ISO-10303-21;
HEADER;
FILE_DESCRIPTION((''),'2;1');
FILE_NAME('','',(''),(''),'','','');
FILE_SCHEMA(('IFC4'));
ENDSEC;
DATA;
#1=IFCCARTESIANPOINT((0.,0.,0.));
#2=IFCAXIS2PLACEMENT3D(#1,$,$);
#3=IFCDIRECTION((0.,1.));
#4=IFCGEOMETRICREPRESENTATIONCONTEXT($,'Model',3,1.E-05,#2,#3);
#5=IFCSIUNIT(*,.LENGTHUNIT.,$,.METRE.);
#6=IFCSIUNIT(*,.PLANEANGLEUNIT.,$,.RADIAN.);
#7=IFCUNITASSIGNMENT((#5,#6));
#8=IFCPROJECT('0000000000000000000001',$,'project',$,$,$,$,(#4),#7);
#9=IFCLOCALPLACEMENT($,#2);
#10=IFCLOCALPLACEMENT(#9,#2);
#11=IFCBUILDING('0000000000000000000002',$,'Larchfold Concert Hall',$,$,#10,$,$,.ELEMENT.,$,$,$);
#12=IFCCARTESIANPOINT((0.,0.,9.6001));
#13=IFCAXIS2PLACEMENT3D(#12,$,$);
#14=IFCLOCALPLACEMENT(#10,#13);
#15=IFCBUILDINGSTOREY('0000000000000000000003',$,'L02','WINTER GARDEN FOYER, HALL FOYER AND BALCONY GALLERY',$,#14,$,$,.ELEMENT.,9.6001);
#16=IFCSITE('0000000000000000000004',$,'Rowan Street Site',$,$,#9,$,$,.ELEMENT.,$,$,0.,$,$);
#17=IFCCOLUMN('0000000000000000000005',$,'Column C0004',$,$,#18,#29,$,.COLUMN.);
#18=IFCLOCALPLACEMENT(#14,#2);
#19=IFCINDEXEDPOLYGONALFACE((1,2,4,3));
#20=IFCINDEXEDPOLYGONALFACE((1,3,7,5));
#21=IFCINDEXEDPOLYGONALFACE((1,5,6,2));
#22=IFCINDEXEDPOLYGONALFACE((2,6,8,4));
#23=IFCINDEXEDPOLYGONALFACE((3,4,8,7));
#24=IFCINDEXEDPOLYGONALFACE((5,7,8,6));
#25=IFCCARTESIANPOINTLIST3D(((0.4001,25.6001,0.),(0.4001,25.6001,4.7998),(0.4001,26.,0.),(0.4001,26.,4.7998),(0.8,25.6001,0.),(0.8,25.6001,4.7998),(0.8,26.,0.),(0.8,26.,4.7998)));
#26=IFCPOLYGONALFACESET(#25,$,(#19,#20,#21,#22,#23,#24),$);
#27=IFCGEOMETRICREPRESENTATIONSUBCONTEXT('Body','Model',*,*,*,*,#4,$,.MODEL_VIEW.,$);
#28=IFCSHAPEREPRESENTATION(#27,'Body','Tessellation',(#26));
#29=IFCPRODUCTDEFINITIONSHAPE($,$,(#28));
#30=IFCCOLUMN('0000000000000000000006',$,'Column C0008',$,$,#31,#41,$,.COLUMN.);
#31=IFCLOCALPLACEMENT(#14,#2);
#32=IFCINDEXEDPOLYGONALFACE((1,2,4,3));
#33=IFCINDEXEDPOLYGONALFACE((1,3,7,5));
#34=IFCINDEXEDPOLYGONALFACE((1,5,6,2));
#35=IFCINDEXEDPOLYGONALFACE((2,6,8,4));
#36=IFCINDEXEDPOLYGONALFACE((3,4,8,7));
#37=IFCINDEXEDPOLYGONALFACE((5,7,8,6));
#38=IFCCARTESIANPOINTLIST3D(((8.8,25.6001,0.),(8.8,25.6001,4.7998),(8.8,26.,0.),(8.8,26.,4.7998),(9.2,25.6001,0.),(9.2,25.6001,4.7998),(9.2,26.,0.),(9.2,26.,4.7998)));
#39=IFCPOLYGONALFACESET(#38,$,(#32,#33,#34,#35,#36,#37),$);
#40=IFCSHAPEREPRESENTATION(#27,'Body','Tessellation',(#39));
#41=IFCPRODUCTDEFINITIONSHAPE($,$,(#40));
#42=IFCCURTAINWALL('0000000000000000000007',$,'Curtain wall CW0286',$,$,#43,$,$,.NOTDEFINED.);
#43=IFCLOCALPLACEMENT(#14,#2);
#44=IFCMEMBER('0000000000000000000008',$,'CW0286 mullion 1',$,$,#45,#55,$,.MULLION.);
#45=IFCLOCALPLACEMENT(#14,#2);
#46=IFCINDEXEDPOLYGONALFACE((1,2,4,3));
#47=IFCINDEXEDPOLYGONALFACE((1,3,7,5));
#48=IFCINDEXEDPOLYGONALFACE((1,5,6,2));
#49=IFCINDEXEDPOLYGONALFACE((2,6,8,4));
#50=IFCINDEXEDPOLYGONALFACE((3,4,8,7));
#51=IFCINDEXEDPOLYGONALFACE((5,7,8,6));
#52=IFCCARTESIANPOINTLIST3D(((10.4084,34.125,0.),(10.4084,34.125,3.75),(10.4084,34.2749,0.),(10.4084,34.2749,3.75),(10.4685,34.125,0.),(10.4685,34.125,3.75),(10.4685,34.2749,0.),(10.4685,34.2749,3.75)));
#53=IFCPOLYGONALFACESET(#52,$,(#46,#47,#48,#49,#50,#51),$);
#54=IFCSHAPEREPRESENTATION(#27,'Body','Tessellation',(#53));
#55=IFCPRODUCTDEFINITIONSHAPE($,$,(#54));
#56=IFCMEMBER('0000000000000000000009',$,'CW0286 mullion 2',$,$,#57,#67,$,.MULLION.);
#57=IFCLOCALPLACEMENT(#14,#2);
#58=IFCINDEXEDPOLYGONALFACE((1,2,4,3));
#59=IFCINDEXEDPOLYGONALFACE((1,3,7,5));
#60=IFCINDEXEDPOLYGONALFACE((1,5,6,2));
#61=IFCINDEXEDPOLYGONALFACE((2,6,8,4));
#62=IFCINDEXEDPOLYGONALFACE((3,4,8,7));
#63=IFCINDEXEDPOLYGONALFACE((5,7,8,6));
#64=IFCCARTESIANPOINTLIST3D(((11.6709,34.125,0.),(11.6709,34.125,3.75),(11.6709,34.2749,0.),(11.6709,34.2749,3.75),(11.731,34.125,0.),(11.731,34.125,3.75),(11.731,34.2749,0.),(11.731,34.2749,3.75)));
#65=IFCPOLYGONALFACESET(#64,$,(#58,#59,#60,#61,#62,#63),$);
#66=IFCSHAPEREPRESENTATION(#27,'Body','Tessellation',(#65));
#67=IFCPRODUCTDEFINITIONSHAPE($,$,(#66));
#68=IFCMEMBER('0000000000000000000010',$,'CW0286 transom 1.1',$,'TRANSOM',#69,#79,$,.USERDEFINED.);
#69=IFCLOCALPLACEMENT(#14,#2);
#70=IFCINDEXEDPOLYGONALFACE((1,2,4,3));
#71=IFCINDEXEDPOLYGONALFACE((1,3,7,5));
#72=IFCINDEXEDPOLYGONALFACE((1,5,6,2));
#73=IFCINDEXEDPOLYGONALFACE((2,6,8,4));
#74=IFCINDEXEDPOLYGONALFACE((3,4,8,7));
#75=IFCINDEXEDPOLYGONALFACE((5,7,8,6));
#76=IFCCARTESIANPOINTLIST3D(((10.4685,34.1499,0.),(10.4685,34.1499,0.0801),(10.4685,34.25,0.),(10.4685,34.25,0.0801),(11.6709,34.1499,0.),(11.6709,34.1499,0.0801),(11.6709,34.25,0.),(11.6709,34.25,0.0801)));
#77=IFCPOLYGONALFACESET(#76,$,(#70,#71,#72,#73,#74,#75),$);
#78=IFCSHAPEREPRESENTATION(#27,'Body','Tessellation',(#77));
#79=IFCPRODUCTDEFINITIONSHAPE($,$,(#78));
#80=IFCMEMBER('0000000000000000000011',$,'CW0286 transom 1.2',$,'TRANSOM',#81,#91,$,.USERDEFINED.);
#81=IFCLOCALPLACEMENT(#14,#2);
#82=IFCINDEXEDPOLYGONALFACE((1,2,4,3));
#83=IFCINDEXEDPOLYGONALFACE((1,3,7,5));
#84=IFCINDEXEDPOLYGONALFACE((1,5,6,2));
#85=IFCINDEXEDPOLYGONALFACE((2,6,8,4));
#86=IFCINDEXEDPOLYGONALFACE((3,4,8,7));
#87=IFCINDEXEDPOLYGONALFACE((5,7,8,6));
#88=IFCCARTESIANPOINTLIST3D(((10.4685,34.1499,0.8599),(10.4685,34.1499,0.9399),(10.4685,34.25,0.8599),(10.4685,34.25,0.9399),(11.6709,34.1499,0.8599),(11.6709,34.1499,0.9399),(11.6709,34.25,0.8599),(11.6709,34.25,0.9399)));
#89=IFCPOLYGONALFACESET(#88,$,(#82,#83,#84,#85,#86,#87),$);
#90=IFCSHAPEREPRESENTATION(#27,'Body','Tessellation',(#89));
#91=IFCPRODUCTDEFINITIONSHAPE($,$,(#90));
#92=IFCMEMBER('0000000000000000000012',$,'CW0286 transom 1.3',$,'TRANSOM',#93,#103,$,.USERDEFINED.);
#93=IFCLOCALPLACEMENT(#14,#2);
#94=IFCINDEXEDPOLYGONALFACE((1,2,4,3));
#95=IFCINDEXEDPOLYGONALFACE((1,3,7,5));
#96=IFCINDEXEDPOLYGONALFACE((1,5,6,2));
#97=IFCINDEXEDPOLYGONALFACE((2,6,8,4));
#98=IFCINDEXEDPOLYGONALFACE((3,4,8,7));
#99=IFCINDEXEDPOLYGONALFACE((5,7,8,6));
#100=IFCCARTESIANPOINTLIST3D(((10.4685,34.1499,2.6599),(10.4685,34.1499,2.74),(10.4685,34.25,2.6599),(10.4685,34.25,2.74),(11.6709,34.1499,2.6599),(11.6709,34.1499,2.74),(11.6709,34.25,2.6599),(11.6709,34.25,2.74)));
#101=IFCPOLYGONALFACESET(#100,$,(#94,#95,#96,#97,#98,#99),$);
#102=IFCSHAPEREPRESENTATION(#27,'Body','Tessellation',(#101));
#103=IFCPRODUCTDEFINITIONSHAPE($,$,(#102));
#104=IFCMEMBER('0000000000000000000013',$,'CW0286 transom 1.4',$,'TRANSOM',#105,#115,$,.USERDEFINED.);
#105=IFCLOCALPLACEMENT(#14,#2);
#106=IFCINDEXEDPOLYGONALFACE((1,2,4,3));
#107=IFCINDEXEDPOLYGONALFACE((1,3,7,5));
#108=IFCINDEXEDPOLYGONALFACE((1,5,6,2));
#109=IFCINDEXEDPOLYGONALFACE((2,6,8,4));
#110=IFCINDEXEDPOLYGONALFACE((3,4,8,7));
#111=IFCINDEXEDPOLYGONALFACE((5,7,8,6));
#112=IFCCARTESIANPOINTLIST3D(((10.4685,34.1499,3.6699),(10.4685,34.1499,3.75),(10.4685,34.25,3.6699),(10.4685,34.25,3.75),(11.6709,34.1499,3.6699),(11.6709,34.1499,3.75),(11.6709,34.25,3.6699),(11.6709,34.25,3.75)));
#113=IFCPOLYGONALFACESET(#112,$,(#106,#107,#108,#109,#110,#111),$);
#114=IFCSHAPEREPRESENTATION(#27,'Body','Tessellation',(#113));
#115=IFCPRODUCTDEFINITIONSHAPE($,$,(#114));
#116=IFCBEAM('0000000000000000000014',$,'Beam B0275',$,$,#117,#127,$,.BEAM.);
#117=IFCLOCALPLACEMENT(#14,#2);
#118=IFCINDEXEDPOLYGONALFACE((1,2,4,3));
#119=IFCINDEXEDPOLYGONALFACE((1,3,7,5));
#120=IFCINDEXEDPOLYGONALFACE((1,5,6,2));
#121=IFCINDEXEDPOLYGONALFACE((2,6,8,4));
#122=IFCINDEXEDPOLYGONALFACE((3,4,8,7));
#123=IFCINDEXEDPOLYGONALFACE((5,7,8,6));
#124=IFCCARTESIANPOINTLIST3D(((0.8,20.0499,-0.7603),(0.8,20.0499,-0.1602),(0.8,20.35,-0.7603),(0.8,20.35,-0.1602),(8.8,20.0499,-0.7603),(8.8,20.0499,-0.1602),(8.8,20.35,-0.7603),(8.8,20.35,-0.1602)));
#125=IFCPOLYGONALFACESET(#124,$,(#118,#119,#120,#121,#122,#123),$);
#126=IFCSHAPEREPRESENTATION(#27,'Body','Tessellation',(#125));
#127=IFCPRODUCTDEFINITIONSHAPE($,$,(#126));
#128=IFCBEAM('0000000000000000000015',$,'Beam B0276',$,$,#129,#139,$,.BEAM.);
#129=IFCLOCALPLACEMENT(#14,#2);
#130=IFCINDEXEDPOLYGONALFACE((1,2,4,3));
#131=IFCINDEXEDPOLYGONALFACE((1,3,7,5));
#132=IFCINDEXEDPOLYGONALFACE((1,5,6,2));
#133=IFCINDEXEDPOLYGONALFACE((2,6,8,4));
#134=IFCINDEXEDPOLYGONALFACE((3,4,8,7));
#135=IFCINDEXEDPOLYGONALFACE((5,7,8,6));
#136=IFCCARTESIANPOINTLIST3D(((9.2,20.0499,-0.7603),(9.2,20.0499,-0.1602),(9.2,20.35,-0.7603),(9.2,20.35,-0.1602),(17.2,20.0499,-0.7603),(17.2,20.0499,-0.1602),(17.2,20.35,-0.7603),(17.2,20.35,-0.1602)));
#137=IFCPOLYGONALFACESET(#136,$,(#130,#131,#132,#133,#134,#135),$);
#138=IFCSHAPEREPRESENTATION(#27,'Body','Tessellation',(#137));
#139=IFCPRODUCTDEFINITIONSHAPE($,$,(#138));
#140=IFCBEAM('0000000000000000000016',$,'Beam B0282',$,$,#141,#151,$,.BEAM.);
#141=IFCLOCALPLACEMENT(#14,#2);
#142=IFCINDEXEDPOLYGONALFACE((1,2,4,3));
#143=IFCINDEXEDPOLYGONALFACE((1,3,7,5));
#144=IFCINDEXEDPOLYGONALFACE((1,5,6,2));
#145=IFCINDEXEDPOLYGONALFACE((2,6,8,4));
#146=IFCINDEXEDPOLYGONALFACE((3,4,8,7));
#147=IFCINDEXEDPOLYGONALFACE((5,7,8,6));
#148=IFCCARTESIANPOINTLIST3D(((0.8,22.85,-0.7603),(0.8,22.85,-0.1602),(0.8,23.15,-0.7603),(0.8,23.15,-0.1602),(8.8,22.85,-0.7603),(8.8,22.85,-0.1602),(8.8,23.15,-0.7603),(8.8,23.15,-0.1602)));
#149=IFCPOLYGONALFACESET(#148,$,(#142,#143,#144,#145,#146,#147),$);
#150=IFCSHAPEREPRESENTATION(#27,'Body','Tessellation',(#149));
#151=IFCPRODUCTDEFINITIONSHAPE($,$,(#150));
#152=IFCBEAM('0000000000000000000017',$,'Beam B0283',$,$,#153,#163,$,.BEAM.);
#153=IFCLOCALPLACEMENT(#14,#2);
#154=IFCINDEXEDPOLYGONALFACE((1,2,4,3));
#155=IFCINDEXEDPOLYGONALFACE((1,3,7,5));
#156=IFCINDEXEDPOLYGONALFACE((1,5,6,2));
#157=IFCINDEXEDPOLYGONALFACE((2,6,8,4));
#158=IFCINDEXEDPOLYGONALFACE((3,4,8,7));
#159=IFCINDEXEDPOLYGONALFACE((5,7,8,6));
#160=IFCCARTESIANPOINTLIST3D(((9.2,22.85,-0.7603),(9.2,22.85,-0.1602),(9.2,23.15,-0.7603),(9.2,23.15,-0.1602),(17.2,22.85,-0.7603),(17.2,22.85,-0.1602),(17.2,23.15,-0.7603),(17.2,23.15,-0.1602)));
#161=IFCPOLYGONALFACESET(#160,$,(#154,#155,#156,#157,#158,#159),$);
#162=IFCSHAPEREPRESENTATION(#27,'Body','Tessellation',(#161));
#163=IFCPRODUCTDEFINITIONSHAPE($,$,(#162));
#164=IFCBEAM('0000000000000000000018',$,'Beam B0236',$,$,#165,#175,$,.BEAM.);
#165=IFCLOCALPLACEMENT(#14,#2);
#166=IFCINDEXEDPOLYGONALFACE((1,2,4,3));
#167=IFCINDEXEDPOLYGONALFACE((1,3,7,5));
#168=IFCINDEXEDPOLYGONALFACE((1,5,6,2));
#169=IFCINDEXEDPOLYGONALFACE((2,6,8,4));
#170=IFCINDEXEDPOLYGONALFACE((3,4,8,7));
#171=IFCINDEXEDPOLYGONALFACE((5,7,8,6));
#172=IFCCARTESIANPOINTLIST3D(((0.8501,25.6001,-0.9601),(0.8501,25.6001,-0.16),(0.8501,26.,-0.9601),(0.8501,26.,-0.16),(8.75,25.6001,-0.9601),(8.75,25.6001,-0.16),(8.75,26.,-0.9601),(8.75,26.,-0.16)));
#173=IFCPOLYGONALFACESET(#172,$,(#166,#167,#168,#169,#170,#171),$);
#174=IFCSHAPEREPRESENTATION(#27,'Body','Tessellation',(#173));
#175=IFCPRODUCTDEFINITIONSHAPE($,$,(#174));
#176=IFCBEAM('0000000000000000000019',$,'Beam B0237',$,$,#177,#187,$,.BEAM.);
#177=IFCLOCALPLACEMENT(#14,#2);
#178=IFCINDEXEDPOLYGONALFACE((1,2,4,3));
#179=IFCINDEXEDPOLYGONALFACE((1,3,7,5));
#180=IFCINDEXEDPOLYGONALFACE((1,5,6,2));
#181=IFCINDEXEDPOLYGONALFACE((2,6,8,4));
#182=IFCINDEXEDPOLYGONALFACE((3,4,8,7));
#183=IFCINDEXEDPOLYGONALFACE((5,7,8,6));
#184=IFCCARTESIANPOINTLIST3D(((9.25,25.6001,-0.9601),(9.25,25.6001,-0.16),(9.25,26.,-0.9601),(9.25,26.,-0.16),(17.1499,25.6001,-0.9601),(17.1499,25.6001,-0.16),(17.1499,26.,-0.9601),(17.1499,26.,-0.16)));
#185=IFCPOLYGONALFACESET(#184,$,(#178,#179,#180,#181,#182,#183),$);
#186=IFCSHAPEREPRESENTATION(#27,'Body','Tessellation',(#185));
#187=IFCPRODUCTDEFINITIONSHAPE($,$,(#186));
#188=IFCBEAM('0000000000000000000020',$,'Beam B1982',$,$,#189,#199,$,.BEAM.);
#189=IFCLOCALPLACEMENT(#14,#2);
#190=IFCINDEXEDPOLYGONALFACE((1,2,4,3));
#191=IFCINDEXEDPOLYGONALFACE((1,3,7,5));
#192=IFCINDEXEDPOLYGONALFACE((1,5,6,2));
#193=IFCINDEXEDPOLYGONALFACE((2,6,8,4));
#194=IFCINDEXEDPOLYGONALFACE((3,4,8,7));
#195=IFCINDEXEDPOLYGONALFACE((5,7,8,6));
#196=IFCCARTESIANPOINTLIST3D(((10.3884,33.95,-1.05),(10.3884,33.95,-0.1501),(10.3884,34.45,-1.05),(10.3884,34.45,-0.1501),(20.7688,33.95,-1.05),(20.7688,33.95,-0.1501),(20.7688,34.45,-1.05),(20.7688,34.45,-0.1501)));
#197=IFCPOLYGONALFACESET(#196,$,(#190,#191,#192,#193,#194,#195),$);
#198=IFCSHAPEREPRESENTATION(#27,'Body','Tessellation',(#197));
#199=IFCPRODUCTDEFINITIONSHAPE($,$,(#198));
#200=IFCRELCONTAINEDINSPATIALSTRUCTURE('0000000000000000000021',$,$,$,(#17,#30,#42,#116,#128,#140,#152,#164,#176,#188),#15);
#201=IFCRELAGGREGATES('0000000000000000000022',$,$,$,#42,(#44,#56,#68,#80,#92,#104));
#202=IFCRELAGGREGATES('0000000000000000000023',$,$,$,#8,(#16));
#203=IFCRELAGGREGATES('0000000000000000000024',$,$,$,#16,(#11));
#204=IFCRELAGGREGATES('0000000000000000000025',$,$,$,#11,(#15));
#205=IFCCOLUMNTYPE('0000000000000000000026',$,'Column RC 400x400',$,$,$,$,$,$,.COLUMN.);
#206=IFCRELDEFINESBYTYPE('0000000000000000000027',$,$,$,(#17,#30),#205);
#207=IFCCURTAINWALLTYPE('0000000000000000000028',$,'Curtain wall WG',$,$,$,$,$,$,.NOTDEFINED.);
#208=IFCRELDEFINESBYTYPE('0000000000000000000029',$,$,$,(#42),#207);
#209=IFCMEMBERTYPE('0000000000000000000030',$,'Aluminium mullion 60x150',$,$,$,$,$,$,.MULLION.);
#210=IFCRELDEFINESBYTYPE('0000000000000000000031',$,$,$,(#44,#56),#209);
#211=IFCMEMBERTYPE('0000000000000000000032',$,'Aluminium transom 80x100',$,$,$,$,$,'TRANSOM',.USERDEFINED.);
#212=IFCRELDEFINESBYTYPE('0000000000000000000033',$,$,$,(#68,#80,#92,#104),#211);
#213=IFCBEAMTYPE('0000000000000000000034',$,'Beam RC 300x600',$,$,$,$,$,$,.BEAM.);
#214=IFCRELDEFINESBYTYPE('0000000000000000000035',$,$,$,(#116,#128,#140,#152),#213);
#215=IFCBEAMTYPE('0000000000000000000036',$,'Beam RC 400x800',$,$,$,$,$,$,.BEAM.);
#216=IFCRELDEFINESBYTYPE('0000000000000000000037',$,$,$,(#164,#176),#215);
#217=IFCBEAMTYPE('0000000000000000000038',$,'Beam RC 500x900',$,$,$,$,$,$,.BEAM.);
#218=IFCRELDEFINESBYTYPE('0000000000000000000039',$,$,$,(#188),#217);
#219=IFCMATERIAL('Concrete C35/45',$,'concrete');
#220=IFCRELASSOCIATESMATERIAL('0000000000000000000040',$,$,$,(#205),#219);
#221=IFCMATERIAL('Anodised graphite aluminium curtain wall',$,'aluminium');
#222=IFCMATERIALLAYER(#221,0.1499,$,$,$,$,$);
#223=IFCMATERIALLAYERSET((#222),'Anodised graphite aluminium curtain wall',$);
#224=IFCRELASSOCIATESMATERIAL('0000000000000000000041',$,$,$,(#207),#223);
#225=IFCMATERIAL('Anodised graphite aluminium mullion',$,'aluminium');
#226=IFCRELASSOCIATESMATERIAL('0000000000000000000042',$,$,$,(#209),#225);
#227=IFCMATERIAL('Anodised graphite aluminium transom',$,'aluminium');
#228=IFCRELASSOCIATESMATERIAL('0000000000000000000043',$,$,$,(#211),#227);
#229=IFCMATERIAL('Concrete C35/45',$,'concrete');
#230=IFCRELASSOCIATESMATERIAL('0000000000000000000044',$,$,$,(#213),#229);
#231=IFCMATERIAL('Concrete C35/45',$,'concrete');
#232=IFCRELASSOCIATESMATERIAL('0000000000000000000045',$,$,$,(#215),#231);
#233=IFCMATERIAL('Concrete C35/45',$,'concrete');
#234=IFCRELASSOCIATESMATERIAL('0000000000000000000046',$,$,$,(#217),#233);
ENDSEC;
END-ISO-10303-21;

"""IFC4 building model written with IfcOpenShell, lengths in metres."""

from ifc_helpers import new_model, si_unit, direction, frame, origin, origin_2d, place, context, subcontext, project, spatial, rectangle, extrude, material, layer, layer_set, material_profile, profile_set, type_object, element, aggregate, save


model = new_model("IFC4")

# Units and contexts
model_context = context("Model", 3, precision=1e-05, world=origin(), true_north=direction((0.0, 1.0)))
body_context = subcontext(model_context, "Body", "Model", "MODEL_VIEW")
ifc_project = project(units=[si_unit("LENGTHUNIT", "METRE"), si_unit("PLANEANGLEUNIT", "RADIAN")], contexts=[model_context])

# Site, building, storey
site_placement = place(None, origin())
site = spatial("IfcSite", under=ifc_project, at=site_placement, Name="Rowan Street Site", CompositionType="ELEMENT", RefElevation=0.0)
building_placement = place(site_placement, origin())
building = spatial("IfcBuilding", under=site, at=building_placement, Name="Larchfold Concert Hall", CompositionType="ELEMENT")
storey_placement = place(building_placement, frame((0.0, 0.0, 9.6001)))
storey = spatial("IfcBuildingStorey", under=building, at=storey_placement, Name="L02", Description="WINTER GARDEN FOYER, HALL FOYER AND BALCONY GALLERY", CompositionType="ELEMENT", Elevation=9.6001)

# Columns
ifc_material_1 = material(Name="Concrete C35/45", Category="concrete")
ifc_material_profile_1 = material_profile(ifc_material_1, rectangle(XDim=0.3999, YDim=0.3999, at=origin_2d()))
ifc_profile_set_1 = profile_set([ifc_material_profile_1], Name="Concrete C35/45")
column_type = type_object("IfcColumnType", Name="Column RC 400x400", PredefinedType="COLUMN", material=ifc_profile_set_1)
for number, where, z_axis, x_axis, name in (
    (1, (0.6001, 25.8, 0.0), (0.0, 0.0, 1.0), (1.0, 0.0, 0.0), "Column C0004"),
    (2, (9.0, 25.8, 0.0), (0.0, 0.0, 1.0), (1.0, 0.0, 0.0), "Column C0008"),
):
    element("IfcColumn", number, at=place(storey_placement, frame(where, z_axis=z_axis, x_axis=x_axis)), inside=storey, type_object=column_type, Name=name, PredefinedType="COLUMN", context=body_context, shape_type="SweptSolid", body=[
        extrude(rectangle(XDim=0.3999, YDim=0.3999, at=origin_2d()), origin(), (0.0, 0.0, 1.0), 4.7998),
    ])

# Curtain wall, members
ifc_material_2 = material(Name="Anodised graphite aluminium curtain wall", Category="aluminium")
ifc_layer_1 = layer(ifc_material_2, 0.1499)
ifc_layer_set_1 = layer_set([ifc_layer_1], Name="Anodised graphite aluminium curtain wall")
curtain_wall_type = type_object("IfcCurtainWallType", Name="Curtain wall WG", PredefinedType="NOTDEFINED", material=ifc_layer_set_1)
curtain_wall_placement = place(storey_placement, origin())
curtain_wall = element("IfcCurtainWall", 3, at=curtain_wall_placement, inside=storey, type_object=curtain_wall_type, Name="Curtain wall CW0286", PredefinedType="NOTDEFINED")
ifc_material_3 = material(Name="Anodised graphite aluminium mullion", Category="aluminium")
ifc_material_profile_2 = material_profile(ifc_material_3, rectangle(XDim=0.1499, YDim=0.0601, at=origin_2d()))
ifc_profile_set_2 = profile_set([ifc_material_profile_2], Name="Anodised graphite aluminium mullion")
member_type_1 = type_object("IfcMemberType", Name="Aluminium mullion 60x150", PredefinedType="MULLION", material=ifc_profile_set_2)
member_1_placement = place(storey_placement, frame((10.4385, 34.2, 0.0), z_axis=(0.0, 0.0, 1.0), x_axis=(0.0, 1.0, 0.0)))
member_1 = element("IfcMember", 4, at=member_1_placement, type_object=member_type_1, Name="CW0286 mullion 1", PredefinedType="MULLION", context=body_context, shape_type="SweptSolid", body=[
    extrude(rectangle(XDim=0.1499, YDim=0.0601, at=origin_2d()), origin(), (0.0, 0.0, 1.0), 3.75),
])
member_2_placement = place(storey_placement, frame((11.7009, 34.2, 0.0), z_axis=(0.0, 0.0, 1.0), x_axis=(0.0, 1.0, 0.0)))
member_2 = element("IfcMember", 5, at=member_2_placement, type_object=member_type_1, Name="CW0286 mullion 2", PredefinedType="MULLION", context=body_context, shape_type="SweptSolid", body=[
    extrude(rectangle(XDim=0.1499, YDim=0.0601, at=origin_2d()), origin(), (0.0, 0.0, 1.0), 3.75),
])
ifc_material_4 = material(Name="Anodised graphite aluminium transom", Category="aluminium")
ifc_material_profile_3 = material_profile(ifc_material_4, rectangle(XDim=0.1001, YDim=0.0801, at=origin_2d()))
ifc_profile_set_3 = profile_set([ifc_material_profile_3], Name="Anodised graphite aluminium transom")
member_type_2 = type_object("IfcMemberType", Name="Aluminium transom 80x100", ElementType="TRANSOM", PredefinedType="USERDEFINED", material=ifc_profile_set_3)
member_3_placement = place(storey_placement, frame((10.4685, 34.2, 0.04), z_axis=(1.0, 0.0, 0.0), x_axis=(0.0, 1.0, 0.0)))
member_3 = element("IfcMember", 6, at=member_3_placement, type_object=member_type_2, Name="CW0286 transom 1.1", ObjectType="TRANSOM", PredefinedType="USERDEFINED", context=body_context, shape_type="SweptSolid", body=[
    extrude(rectangle(XDim=0.1001, YDim=0.0801, at=origin_2d()), origin(), (0.0, 0.0, 1.0), 1.2024),
])
member_4_placement = place(storey_placement, frame((10.4685, 34.2, 0.8999), z_axis=(1.0, 0.0, 0.0), x_axis=(0.0, 1.0, 0.0)))
member_4 = element("IfcMember", 7, at=member_4_placement, type_object=member_type_2, Name="CW0286 transom 1.2", ObjectType="TRANSOM", PredefinedType="USERDEFINED", context=body_context, shape_type="SweptSolid", body=[
    extrude(rectangle(XDim=0.1001, YDim=0.0801, at=origin_2d()), origin(), (0.0, 0.0, 1.0), 1.2024),
])
member_5_placement = place(storey_placement, frame((10.4685, 34.2, 2.7), z_axis=(1.0, 0.0, 0.0), x_axis=(0.0, 1.0, 0.0)))
member_5 = element("IfcMember", 8, at=member_5_placement, type_object=member_type_2, Name="CW0286 transom 1.3", ObjectType="TRANSOM", PredefinedType="USERDEFINED", context=body_context, shape_type="SweptSolid", body=[
    extrude(rectangle(XDim=0.1001, YDim=0.0801, at=origin_2d()), origin(), (0.0, 0.0, 1.0), 1.2024),
])
member_6_placement = place(storey_placement, frame((10.4685, 34.2, 3.71), z_axis=(1.0, 0.0, 0.0), x_axis=(0.0, 1.0, 0.0)))
member_6 = element("IfcMember", 9, at=member_6_placement, type_object=member_type_2, Name="CW0286 transom 1.4", ObjectType="TRANSOM", PredefinedType="USERDEFINED", context=body_context, shape_type="SweptSolid", body=[
    extrude(rectangle(XDim=0.1001, YDim=0.0801, at=origin_2d()), origin(), (0.0, 0.0, 1.0), 1.2024),
])

# Beams
ifc_material_5 = material(Name="Concrete C35/45", Category="concrete")
ifc_material_profile_4 = material_profile(ifc_material_5, rectangle(XDim=0.3, YDim=0.6001, at=origin_2d()))
ifc_profile_set_4 = profile_set([ifc_material_profile_4], Name="Concrete C35/45")
beam_type_1 = type_object("IfcBeamType", Name="Beam RC 300x600", PredefinedType="BEAM", material=ifc_profile_set_4)
for number, where, z_axis, x_axis, name in (
    (10, (0.8, 20.2, -0.4602), (1.0, 0.0, 0.0), (0.0, 1.0, 0.0), "Beam B0275"),
    (11, (9.2, 20.2, -0.4602), (1.0, 0.0, 0.0), (0.0, 1.0, 0.0), "Beam B0276"),
    (12, (0.8, 23.0, -0.4602), (1.0, 0.0, 0.0), (0.0, 1.0, 0.0), "Beam B0282"),
    (13, (9.2, 23.0, -0.4602), (1.0, 0.0, 0.0), (0.0, 1.0, 0.0), "Beam B0283"),
):
    element("IfcBeam", number, at=place(storey_placement, frame(where, z_axis=z_axis, x_axis=x_axis)), inside=storey, type_object=beam_type_1, Name=name, PredefinedType="BEAM", context=body_context, shape_type="SweptSolid", body=[
        extrude(rectangle(XDim=0.3, YDim=0.6001, at=origin_2d()), origin(), (0.0, 0.0, 1.0), 8.0),
    ])
ifc_material_6 = material(Name="Concrete C35/45", Category="concrete")
ifc_material_profile_5 = material_profile(ifc_material_6, rectangle(XDim=0.3999, YDim=0.8, at=origin_2d()))
ifc_profile_set_5 = profile_set([ifc_material_profile_5], Name="Concrete C35/45")
beam_type_2 = type_object("IfcBeamType", Name="Beam RC 400x800", PredefinedType="BEAM", material=ifc_profile_set_5)
for number, where, z_axis, x_axis, name in (
    (14, (0.8501, 25.8, -0.5601), (1.0, 0.0, 0.0), (0.0, 1.0, 0.0), "Beam B0236"),
    (15, (9.25, 25.8, -0.5601), (1.0, 0.0, 0.0), (0.0, 1.0, 0.0), "Beam B0237"),
):
    element("IfcBeam", number, at=place(storey_placement, frame(where, z_axis=z_axis, x_axis=x_axis)), inside=storey, type_object=beam_type_2, Name=name, PredefinedType="BEAM", context=body_context, shape_type="SweptSolid", body=[
        extrude(rectangle(XDim=0.3999, YDim=0.8, at=origin_2d()), origin(), (0.0, 0.0, 1.0), 7.8999),
    ])
ifc_material_7 = material(Name="Concrete C35/45", Category="concrete")
ifc_material_profile_6 = material_profile(ifc_material_7, rectangle(XDim=0.5, YDim=0.8999, at=origin_2d()))
ifc_profile_set_6 = profile_set([ifc_material_profile_6], Name="Concrete C35/45")
beam_type_3 = type_object("IfcBeamType", Name="Beam RC 500x900", PredefinedType="BEAM", material=ifc_profile_set_6)
beam_placement = place(storey_placement, frame((10.3884, 34.2, -0.6001), z_axis=(1.0, 0.0, 0.0), x_axis=(0.0, 1.0, 0.0)))
element("IfcBeam", 16, at=beam_placement, inside=storey, type_object=beam_type_3, Name="Beam B1982", PredefinedType="BEAM", context=body_context, shape_type="SweptSolid", body=[
    extrude(rectangle(XDim=0.5, YDim=0.8999, at=origin_2d()), origin(), (0.0, 0.0, 1.0), 10.3804),
])

aggregate(curtain_wall, [member_1, member_2, member_3, member_4, member_5, member_6])

save(model, "model.ifc")
